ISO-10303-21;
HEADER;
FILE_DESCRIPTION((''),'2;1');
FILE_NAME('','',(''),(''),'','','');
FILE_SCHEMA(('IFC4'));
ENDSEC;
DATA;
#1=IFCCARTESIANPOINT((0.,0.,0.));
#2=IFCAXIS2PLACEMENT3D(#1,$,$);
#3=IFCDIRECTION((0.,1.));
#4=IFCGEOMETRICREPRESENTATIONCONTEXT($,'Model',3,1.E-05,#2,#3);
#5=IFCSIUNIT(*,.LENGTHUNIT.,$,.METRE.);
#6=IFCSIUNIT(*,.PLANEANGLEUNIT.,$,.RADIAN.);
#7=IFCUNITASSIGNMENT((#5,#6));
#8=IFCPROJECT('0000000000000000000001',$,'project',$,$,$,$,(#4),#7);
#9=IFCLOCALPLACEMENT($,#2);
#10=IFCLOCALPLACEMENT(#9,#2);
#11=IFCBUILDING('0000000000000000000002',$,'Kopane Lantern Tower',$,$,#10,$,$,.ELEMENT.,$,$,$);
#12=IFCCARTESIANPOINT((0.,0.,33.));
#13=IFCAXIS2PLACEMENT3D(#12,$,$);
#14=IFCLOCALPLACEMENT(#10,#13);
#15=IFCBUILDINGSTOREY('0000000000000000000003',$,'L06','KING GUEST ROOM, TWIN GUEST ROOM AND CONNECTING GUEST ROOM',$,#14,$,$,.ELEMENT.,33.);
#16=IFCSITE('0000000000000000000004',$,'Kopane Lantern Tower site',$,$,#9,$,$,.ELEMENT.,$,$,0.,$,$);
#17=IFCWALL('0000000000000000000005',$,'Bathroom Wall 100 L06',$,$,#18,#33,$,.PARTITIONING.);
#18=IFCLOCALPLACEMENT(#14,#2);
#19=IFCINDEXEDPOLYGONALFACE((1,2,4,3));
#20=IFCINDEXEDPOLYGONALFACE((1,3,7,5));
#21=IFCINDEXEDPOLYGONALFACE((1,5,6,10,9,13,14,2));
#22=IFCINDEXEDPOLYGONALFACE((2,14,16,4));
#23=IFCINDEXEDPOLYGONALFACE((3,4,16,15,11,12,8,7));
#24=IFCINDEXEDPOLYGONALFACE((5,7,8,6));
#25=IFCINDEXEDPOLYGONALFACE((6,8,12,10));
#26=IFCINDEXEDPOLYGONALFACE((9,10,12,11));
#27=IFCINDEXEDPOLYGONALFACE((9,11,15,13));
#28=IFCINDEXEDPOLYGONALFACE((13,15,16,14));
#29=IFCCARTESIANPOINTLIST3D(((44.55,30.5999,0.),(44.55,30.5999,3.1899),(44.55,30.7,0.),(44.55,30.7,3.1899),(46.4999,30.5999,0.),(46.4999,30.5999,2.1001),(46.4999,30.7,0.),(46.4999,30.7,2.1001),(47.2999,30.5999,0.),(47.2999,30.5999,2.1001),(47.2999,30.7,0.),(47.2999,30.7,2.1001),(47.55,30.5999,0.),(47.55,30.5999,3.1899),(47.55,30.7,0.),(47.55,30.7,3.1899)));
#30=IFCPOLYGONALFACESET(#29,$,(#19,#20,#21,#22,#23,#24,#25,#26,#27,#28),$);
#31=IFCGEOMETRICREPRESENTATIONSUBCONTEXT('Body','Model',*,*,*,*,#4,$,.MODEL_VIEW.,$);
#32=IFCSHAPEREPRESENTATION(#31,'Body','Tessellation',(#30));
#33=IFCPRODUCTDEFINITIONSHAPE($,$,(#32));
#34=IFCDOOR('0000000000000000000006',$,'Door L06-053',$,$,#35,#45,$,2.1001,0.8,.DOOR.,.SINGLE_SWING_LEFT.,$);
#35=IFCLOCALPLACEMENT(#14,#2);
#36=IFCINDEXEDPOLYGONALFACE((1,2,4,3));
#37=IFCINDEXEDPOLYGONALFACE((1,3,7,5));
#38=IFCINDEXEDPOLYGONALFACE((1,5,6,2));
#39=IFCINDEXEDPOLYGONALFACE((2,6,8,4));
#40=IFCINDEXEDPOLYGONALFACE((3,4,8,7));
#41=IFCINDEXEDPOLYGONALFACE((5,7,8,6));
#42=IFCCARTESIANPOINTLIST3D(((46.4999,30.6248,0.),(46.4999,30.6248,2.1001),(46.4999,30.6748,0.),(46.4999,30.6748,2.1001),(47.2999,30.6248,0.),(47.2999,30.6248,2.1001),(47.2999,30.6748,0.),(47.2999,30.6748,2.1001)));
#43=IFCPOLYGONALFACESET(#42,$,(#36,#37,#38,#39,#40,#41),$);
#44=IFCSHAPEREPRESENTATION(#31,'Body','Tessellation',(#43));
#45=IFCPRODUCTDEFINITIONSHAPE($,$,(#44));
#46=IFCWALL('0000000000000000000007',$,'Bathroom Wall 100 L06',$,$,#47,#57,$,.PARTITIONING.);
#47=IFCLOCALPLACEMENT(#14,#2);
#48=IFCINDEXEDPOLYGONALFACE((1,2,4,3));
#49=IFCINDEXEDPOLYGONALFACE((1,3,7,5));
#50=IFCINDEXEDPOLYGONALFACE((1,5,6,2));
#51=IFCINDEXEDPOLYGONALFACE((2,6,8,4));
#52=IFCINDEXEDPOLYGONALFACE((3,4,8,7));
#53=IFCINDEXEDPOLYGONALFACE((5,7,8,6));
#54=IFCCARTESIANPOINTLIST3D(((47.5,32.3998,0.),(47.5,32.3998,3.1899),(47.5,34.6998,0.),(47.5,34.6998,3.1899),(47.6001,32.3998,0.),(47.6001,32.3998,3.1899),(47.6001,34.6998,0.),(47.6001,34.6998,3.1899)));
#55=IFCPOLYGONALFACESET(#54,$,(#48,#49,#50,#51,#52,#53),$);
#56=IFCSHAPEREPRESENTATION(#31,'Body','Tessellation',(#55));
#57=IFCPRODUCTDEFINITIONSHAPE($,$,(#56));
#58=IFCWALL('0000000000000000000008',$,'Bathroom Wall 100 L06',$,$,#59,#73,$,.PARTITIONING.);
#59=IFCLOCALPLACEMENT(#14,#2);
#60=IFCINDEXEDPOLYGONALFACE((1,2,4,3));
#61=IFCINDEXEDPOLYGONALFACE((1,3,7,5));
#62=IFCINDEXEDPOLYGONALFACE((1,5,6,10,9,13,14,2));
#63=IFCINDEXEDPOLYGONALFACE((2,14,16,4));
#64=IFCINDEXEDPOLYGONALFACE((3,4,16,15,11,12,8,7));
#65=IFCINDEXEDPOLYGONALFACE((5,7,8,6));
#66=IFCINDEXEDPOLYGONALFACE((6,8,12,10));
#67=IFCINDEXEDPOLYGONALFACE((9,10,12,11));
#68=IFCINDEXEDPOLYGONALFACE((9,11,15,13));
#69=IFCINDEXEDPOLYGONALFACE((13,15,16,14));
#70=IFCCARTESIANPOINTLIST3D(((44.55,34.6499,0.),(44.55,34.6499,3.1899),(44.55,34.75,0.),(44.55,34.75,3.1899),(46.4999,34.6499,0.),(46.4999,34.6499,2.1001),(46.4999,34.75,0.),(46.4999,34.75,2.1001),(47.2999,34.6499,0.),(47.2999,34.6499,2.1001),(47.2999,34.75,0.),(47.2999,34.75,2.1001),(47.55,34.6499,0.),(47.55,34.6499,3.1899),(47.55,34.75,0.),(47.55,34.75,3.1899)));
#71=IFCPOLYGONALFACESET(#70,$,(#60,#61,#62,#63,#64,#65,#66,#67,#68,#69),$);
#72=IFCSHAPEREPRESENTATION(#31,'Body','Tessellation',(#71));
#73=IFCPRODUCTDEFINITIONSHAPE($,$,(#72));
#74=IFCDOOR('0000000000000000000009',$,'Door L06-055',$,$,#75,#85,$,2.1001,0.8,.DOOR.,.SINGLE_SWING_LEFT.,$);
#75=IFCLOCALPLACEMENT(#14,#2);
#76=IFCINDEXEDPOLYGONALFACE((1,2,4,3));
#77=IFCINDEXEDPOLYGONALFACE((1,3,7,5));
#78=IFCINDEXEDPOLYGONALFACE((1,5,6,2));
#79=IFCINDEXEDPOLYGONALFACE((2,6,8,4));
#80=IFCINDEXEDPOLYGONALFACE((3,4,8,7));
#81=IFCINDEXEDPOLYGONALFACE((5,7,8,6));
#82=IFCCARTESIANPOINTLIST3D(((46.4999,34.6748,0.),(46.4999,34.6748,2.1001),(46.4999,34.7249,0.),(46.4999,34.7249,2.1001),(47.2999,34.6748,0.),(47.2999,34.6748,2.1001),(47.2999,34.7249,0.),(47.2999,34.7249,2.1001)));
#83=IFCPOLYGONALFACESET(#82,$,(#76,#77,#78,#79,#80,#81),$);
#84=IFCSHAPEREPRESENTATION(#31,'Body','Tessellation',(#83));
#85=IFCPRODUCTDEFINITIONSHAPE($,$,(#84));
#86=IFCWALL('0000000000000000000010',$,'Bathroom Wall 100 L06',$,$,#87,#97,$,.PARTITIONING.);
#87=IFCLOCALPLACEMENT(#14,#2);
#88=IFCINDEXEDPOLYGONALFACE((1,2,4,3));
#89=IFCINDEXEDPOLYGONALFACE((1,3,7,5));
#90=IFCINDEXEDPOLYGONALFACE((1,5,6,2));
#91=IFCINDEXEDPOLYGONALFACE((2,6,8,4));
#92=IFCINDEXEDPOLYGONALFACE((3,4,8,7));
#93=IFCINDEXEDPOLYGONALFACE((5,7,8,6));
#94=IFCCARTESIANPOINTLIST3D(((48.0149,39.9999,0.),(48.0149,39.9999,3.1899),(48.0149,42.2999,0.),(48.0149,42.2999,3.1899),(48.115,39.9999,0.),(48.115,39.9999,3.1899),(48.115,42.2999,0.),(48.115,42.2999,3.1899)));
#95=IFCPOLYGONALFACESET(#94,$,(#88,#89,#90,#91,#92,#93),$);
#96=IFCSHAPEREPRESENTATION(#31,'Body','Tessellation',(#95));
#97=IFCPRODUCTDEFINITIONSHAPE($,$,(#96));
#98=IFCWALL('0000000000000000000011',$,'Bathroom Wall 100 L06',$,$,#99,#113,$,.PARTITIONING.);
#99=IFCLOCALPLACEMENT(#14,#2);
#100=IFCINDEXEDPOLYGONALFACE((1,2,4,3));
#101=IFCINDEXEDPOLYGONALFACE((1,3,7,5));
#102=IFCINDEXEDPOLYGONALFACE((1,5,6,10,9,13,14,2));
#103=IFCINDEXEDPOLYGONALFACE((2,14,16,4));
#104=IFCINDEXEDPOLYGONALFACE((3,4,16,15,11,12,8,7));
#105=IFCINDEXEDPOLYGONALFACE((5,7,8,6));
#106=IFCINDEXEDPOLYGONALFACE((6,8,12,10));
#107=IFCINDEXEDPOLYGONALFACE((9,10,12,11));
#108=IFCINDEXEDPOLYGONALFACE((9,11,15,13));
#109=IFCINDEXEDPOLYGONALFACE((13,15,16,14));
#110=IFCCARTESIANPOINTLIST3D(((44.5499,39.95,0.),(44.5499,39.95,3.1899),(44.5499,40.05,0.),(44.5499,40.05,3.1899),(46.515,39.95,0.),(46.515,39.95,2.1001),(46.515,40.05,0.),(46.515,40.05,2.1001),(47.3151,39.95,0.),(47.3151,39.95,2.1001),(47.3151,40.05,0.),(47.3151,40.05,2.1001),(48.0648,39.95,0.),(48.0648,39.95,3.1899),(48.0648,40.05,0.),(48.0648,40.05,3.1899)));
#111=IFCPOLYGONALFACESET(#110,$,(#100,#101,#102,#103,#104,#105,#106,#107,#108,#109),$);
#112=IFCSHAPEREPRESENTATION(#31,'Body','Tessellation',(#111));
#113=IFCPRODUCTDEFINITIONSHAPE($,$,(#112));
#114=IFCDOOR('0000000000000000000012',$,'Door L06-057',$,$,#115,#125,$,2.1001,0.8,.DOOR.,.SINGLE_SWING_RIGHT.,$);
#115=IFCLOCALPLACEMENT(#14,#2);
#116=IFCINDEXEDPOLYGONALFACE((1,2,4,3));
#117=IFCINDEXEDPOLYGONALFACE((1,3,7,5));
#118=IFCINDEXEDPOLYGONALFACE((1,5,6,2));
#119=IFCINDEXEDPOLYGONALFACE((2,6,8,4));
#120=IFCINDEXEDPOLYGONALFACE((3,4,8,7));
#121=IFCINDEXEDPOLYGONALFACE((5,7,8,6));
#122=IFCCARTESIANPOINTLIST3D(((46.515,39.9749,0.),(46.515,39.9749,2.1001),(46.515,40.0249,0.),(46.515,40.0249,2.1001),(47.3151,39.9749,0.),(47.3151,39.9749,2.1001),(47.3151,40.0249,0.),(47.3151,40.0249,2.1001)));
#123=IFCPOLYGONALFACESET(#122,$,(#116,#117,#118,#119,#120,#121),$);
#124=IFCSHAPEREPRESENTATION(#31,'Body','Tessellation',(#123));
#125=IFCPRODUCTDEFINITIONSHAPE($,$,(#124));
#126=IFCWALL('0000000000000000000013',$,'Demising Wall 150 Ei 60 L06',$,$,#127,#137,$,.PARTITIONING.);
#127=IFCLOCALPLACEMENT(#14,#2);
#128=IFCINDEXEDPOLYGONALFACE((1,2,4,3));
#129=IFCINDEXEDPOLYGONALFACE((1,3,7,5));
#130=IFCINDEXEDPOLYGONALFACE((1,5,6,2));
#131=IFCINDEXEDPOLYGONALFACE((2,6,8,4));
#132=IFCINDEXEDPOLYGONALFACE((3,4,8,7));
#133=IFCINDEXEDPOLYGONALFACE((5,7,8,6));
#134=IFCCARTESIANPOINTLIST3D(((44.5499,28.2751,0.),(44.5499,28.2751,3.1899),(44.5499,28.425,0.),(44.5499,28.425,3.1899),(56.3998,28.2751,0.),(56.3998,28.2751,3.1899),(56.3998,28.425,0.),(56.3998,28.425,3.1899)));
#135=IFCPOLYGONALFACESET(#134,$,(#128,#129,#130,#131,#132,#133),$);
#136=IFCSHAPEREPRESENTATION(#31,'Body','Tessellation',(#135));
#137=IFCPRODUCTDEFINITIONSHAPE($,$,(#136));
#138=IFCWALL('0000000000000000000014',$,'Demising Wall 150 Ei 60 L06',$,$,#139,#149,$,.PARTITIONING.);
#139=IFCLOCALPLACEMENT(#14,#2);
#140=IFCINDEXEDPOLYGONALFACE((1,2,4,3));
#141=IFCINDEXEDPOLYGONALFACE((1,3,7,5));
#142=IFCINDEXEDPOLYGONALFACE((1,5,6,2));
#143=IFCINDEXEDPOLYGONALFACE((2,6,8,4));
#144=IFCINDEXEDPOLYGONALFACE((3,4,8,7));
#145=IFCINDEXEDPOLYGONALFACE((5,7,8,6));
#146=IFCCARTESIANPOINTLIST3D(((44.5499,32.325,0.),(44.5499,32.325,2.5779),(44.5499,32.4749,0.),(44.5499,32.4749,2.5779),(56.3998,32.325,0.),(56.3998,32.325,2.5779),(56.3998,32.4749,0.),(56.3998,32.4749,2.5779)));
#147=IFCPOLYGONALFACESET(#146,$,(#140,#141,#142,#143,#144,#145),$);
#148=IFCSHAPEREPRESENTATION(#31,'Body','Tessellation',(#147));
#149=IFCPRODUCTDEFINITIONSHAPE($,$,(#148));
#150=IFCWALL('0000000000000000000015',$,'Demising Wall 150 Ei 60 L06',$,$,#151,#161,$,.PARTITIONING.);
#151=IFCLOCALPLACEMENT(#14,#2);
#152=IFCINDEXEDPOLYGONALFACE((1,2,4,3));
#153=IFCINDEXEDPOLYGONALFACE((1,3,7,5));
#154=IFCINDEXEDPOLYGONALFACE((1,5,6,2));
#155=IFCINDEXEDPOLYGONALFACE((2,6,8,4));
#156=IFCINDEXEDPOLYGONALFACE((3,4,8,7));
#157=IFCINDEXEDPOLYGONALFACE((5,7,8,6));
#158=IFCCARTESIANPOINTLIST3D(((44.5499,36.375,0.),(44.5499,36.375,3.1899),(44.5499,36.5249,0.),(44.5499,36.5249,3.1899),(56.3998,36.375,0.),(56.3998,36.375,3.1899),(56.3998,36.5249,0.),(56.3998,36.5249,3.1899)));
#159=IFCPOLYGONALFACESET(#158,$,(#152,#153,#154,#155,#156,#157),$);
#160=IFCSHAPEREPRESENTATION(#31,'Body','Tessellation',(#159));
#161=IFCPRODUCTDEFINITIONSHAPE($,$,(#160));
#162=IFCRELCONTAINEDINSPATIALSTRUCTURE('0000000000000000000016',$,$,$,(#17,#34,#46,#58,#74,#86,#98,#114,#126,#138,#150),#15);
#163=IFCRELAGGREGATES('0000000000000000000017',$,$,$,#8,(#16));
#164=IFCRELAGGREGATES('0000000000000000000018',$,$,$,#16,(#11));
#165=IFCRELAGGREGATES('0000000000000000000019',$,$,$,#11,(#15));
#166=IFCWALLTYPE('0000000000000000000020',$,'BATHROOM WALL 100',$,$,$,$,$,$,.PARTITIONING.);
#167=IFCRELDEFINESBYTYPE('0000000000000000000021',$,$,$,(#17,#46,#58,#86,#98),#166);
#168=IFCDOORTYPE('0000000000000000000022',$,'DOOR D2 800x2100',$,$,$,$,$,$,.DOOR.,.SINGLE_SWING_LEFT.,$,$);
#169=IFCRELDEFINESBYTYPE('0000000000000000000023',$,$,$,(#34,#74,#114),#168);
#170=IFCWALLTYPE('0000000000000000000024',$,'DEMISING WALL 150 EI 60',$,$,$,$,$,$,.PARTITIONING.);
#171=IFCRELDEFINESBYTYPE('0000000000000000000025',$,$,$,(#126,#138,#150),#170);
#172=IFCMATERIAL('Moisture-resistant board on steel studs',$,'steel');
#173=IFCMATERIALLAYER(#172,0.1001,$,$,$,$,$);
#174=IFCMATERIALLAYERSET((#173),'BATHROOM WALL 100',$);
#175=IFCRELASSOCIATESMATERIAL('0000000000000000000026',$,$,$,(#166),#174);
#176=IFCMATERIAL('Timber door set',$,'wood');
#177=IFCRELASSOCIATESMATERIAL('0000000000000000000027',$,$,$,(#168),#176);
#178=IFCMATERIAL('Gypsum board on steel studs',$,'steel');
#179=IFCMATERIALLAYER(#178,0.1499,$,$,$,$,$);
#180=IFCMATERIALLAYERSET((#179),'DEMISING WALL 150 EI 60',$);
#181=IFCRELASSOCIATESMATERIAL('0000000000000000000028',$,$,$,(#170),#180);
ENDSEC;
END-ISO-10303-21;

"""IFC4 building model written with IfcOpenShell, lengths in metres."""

from ifc_helpers import new_model, si_unit, direction, frame, frame_2d, origin, place, context, subcontext, project, spatial, rectangle, extrude, material, layer, layer_set, type_object, element, fill, save


model = new_model("IFC4")

# Units and contexts
model_context = context("Model", 3, precision=1e-05, world=origin(), true_north=direction((0.0, 1.0)))
body_context = subcontext(model_context, "Body", "Model", "MODEL_VIEW")
ifc_project = project(units=[si_unit("LENGTHUNIT", "METRE"), si_unit("PLANEANGLEUNIT", "RADIAN")], contexts=[model_context])

# Site, building, storey
site_placement = place(None, origin())
site = spatial("IfcSite", under=ifc_project, at=site_placement, Name="Kopane Lantern Tower site", CompositionType="ELEMENT", RefElevation=0.0)
building_placement = place(site_placement, origin())
building = spatial("IfcBuilding", under=site, at=building_placement, Name="Kopane Lantern Tower", CompositionType="ELEMENT")
storey_placement = place(building_placement, frame((0.0, 0.0, 33.0)))
storey = spatial("IfcBuildingStorey", under=building, at=storey_placement, Name="L06", Description="KING GUEST ROOM, TWIN GUEST ROOM AND CONNECTING GUEST ROOM", CompositionType="ELEMENT", Elevation=33.0)

# Shared definitions
ifc_material_1 = material(Name="Moisture-resistant board on steel studs", Category="steel")
ifc_layer_1 = layer(ifc_material_1, 0.1001)
ifc_layer_set_1 = layer_set([ifc_layer_1], Name="BATHROOM WALL 100")
wall_type_1 = type_object("IfcWallType", Name="BATHROOM WALL 100", PredefinedType="PARTITIONING", material=ifc_layer_set_1)

# Wall, opening, door
ifc_material_2 = material(Name="Timber door set", Category="wood")
door_type = type_object("IfcDoorType", Name="DOOR D2 800x2100", OperationType="SINGLE_SWING_LEFT", PredefinedType="DOOR", material=ifc_material_2)
wall_1_placement = place(storey_placement, frame((44.55, 30.6499, 0.0), z_axis=(0.0, 0.0, 1.0), x_axis=(1.0, 0.0, 0.0)))
wall_1 = element("IfcWall", 1, at=wall_1_placement, inside=storey, type_object=wall_type_1, Name="Bathroom Wall 100 L06", PredefinedType="PARTITIONING", context=body_context, shape_type="SweptSolid", body=[
    extrude(rectangle(XDim=3.0, YDim=0.1001, at=frame_2d((1.5, 0.0))), origin(), (0.0, 0.0, 1.0), 3.1899),
])
opening_1_placement = place(wall_1_placement, frame((1.95, 0.0, 0.0)))
opening_1 = element("IfcOpeningElement", 2, at=opening_1_placement, cuts=wall_1, PredefinedType="OPENING", context=body_context, shape_type="SweptSolid", body=[
    extrude(rectangle(XDim=0.8, YDim=2.1001, at=frame_2d((0.3999, 1.05))), frame((0.0, 0.0601, 0.0), z_axis=(0.0, -1.0, 0.0), x_axis=(1.0, 0.0, 0.0)), (0.0, 0.0, 1.0), 0.1201),
])
door_1_placement = place(opening_1_placement, origin())
door_1 = element("IfcDoor", 3, at=door_1_placement, inside=storey, type_object=door_type, Name="Door L06-053", OperationType="SINGLE_SWING_LEFT", OverallHeight=2.1001, OverallWidth=0.8, PredefinedType="DOOR", context=body_context, shape_type="SweptSolid", body=[
    extrude(rectangle(XDim=0.8, YDim=2.1001, at=frame_2d((0.3999, 1.05))), frame((0.0, 0.0249, 0.0), z_axis=(0.0, -1.0, 0.0), x_axis=(1.0, 0.0, 0.0)), (0.0, 0.0, 1.0), 0.05),
])
fill(opening_1, door_1)

# Wall
wall_2_placement = place(storey_placement, frame((47.55, 32.3999, 0.0), z_axis=(0.0, 0.0, 1.0), x_axis=(0.0, 1.0, 0.0)))
element("IfcWall", 4, at=wall_2_placement, inside=storey, type_object=wall_type_1, Name="Bathroom Wall 100 L06", PredefinedType="PARTITIONING", context=body_context, shape_type="SweptSolid", body=[
    extrude(rectangle(XDim=2.3, YDim=0.1001, at=frame_2d((1.1499, 0.0))), origin(), (0.0, 0.0, 1.0), 3.1899),
])

# Wall, opening, door
wall_3_placement = place(storey_placement, frame((44.55, 34.7, 0.0), z_axis=(0.0, 0.0, 1.0), x_axis=(1.0, 0.0, 0.0)))
wall_3 = element("IfcWall", 5, at=wall_3_placement, inside=storey, type_object=wall_type_1, Name="Bathroom Wall 100 L06", PredefinedType="PARTITIONING", context=body_context, shape_type="SweptSolid", body=[
    extrude(rectangle(XDim=3.0, YDim=0.1001, at=frame_2d((1.5, 0.0))), origin(), (0.0, 0.0, 1.0), 3.1899),
])
opening_2_placement = place(wall_3_placement, frame((1.95, 0.0, 0.0)))
opening_2 = element("IfcOpeningElement", 6, at=opening_2_placement, cuts=wall_3, PredefinedType="OPENING", context=body_context, shape_type="SweptSolid", body=[
    extrude(rectangle(XDim=0.8, YDim=2.1001, at=frame_2d((0.3999, 1.05))), frame((0.0, 0.0601, 0.0), z_axis=(0.0, -1.0, 0.0), x_axis=(1.0, 0.0, 0.0)), (0.0, 0.0, 1.0), 0.1201),
])
door_2_placement = place(opening_2_placement, origin())
door_2 = element("IfcDoor", 7, at=door_2_placement, inside=storey, type_object=door_type, Name="Door L06-055", OperationType="SINGLE_SWING_LEFT", OverallHeight=2.1001, OverallWidth=0.8, PredefinedType="DOOR", context=body_context, shape_type="SweptSolid", body=[
    extrude(rectangle(XDim=0.8, YDim=2.1001, at=frame_2d((0.3999, 1.05))), frame((0.0, 0.0249, 0.0), z_axis=(0.0, -1.0, 0.0), x_axis=(1.0, 0.0, 0.0)), (0.0, 0.0, 1.0), 0.05),
])
fill(opening_2, door_2)

# Wall
wall_4_placement = place(storey_placement, frame((48.0649, 40.0, 0.0), z_axis=(0.0, 0.0, 1.0), x_axis=(0.0, 1.0, 0.0)))
element("IfcWall", 8, at=wall_4_placement, inside=storey, type_object=wall_type_1, Name="Bathroom Wall 100 L06", PredefinedType="PARTITIONING", context=body_context, shape_type="SweptSolid", body=[
    extrude(rectangle(XDim=2.3, YDim=0.1001, at=frame_2d((1.1499, 0.0))), origin(), (0.0, 0.0, 1.0), 3.1899),
])

# Wall, opening, door
wall_5_placement = place(storey_placement, frame((44.55, 40.0, 0.0), z_axis=(0.0, 0.0, 1.0), x_axis=(1.0, 0.0, 0.0)))
wall_5 = element("IfcWall", 9, at=wall_5_placement, inside=storey, type_object=wall_type_1, Name="Bathroom Wall 100 L06", PredefinedType="PARTITIONING", context=body_context, shape_type="SweptSolid", body=[
    extrude(rectangle(XDim=3.5149, YDim=0.1001, at=frame_2d((1.7573, 0.0))), origin(), (0.0, 0.0, 1.0), 3.1899),
])
opening_3_placement = place(wall_5_placement, frame((1.9651, 0.0, 0.0)))
opening_3 = element("IfcOpeningElement", 10, at=opening_3_placement, cuts=wall_5, PredefinedType="OPENING", context=body_context, shape_type="SweptSolid", body=[
    extrude(rectangle(XDim=0.8, YDim=2.1001, at=frame_2d((0.3999, 1.05))), frame((0.0, 0.0601, 0.0), z_axis=(0.0, -1.0, 0.0), x_axis=(1.0, 0.0, 0.0)), (0.0, 0.0, 1.0), 0.1201),
])
door_3_placement = place(opening_3_placement, origin())
door_3 = element("IfcDoor", 11, at=door_3_placement, inside=storey, type_object=door_type, Name="Door L06-057", OperationType="SINGLE_SWING_RIGHT", OverallHeight=2.1001, OverallWidth=0.8, PredefinedType="DOOR", context=body_context, shape_type="SweptSolid", body=[
    extrude(rectangle(XDim=0.8, YDim=2.1001, at=frame_2d((0.3999, 1.05))), frame((0.0, 0.0249, 0.0), z_axis=(0.0, -1.0, 0.0), x_axis=(1.0, 0.0, 0.0)), (0.0, 0.0, 1.0), 0.05),
])
fill(opening_3, door_3)

# Walls
ifc_material_3 = material(Name="Gypsum board on steel studs", Category="steel")
ifc_layer_2 = layer(ifc_material_3, 0.1499)
ifc_layer_set_2 = layer_set([ifc_layer_2], Name="DEMISING WALL 150 EI 60")
wall_type_2 = type_object("IfcWallType", Name="DEMISING WALL 150 EI 60", PredefinedType="PARTITIONING", material=ifc_layer_set_2)
wall_6_placement = place(storey_placement, frame((44.55, 28.3501, 0.0), z_axis=(0.0, 0.0, 1.0), x_axis=(1.0, 0.0, 0.0)))
element("IfcWall", 12, at=wall_6_placement, inside=storey, type_object=wall_type_2, Name="Demising Wall 150 Ei 60 L06", PredefinedType="PARTITIONING", context=body_context, shape_type="SweptSolid", body=[
    extrude(rectangle(XDim=11.8499, YDim=0.1499, at=frame_2d((5.9248, 0.0))), origin(), (0.0, 0.0, 1.0), 3.1899),
])
wall_7_placement = place(storey_placement, frame((44.55, 32.3999, 0.0), z_axis=(0.0, 0.0, 1.0), x_axis=(1.0, 0.0, 0.0)))
element("IfcWall", 13, at=wall_7_placement, inside=storey, type_object=wall_type_2, Name="Demising Wall 150 Ei 60 L06", PredefinedType="PARTITIONING", context=body_context, shape_type="SweptSolid", body=[
    extrude(rectangle(XDim=11.8499, YDim=0.1499, at=frame_2d((5.9248, 0.0))), origin(), (0.0, 0.0, 1.0), 2.5779),
])
wall_8_placement = place(storey_placement, frame((44.55, 36.45, 0.0), z_axis=(0.0, 0.0, 1.0), x_axis=(1.0, 0.0, 0.0)))
element("IfcWall", 14, at=wall_8_placement, inside=storey, type_object=wall_type_2, Name="Demising Wall 150 Ei 60 L06", PredefinedType="PARTITIONING", context=body_context, shape_type="SweptSolid", body=[
    extrude(rectangle(XDim=11.8499, YDim=0.1499, at=frame_2d((5.9248, 0.0))), origin(), (0.0, 0.0, 1.0), 3.1899),
])

save(model, "model.ifc")
